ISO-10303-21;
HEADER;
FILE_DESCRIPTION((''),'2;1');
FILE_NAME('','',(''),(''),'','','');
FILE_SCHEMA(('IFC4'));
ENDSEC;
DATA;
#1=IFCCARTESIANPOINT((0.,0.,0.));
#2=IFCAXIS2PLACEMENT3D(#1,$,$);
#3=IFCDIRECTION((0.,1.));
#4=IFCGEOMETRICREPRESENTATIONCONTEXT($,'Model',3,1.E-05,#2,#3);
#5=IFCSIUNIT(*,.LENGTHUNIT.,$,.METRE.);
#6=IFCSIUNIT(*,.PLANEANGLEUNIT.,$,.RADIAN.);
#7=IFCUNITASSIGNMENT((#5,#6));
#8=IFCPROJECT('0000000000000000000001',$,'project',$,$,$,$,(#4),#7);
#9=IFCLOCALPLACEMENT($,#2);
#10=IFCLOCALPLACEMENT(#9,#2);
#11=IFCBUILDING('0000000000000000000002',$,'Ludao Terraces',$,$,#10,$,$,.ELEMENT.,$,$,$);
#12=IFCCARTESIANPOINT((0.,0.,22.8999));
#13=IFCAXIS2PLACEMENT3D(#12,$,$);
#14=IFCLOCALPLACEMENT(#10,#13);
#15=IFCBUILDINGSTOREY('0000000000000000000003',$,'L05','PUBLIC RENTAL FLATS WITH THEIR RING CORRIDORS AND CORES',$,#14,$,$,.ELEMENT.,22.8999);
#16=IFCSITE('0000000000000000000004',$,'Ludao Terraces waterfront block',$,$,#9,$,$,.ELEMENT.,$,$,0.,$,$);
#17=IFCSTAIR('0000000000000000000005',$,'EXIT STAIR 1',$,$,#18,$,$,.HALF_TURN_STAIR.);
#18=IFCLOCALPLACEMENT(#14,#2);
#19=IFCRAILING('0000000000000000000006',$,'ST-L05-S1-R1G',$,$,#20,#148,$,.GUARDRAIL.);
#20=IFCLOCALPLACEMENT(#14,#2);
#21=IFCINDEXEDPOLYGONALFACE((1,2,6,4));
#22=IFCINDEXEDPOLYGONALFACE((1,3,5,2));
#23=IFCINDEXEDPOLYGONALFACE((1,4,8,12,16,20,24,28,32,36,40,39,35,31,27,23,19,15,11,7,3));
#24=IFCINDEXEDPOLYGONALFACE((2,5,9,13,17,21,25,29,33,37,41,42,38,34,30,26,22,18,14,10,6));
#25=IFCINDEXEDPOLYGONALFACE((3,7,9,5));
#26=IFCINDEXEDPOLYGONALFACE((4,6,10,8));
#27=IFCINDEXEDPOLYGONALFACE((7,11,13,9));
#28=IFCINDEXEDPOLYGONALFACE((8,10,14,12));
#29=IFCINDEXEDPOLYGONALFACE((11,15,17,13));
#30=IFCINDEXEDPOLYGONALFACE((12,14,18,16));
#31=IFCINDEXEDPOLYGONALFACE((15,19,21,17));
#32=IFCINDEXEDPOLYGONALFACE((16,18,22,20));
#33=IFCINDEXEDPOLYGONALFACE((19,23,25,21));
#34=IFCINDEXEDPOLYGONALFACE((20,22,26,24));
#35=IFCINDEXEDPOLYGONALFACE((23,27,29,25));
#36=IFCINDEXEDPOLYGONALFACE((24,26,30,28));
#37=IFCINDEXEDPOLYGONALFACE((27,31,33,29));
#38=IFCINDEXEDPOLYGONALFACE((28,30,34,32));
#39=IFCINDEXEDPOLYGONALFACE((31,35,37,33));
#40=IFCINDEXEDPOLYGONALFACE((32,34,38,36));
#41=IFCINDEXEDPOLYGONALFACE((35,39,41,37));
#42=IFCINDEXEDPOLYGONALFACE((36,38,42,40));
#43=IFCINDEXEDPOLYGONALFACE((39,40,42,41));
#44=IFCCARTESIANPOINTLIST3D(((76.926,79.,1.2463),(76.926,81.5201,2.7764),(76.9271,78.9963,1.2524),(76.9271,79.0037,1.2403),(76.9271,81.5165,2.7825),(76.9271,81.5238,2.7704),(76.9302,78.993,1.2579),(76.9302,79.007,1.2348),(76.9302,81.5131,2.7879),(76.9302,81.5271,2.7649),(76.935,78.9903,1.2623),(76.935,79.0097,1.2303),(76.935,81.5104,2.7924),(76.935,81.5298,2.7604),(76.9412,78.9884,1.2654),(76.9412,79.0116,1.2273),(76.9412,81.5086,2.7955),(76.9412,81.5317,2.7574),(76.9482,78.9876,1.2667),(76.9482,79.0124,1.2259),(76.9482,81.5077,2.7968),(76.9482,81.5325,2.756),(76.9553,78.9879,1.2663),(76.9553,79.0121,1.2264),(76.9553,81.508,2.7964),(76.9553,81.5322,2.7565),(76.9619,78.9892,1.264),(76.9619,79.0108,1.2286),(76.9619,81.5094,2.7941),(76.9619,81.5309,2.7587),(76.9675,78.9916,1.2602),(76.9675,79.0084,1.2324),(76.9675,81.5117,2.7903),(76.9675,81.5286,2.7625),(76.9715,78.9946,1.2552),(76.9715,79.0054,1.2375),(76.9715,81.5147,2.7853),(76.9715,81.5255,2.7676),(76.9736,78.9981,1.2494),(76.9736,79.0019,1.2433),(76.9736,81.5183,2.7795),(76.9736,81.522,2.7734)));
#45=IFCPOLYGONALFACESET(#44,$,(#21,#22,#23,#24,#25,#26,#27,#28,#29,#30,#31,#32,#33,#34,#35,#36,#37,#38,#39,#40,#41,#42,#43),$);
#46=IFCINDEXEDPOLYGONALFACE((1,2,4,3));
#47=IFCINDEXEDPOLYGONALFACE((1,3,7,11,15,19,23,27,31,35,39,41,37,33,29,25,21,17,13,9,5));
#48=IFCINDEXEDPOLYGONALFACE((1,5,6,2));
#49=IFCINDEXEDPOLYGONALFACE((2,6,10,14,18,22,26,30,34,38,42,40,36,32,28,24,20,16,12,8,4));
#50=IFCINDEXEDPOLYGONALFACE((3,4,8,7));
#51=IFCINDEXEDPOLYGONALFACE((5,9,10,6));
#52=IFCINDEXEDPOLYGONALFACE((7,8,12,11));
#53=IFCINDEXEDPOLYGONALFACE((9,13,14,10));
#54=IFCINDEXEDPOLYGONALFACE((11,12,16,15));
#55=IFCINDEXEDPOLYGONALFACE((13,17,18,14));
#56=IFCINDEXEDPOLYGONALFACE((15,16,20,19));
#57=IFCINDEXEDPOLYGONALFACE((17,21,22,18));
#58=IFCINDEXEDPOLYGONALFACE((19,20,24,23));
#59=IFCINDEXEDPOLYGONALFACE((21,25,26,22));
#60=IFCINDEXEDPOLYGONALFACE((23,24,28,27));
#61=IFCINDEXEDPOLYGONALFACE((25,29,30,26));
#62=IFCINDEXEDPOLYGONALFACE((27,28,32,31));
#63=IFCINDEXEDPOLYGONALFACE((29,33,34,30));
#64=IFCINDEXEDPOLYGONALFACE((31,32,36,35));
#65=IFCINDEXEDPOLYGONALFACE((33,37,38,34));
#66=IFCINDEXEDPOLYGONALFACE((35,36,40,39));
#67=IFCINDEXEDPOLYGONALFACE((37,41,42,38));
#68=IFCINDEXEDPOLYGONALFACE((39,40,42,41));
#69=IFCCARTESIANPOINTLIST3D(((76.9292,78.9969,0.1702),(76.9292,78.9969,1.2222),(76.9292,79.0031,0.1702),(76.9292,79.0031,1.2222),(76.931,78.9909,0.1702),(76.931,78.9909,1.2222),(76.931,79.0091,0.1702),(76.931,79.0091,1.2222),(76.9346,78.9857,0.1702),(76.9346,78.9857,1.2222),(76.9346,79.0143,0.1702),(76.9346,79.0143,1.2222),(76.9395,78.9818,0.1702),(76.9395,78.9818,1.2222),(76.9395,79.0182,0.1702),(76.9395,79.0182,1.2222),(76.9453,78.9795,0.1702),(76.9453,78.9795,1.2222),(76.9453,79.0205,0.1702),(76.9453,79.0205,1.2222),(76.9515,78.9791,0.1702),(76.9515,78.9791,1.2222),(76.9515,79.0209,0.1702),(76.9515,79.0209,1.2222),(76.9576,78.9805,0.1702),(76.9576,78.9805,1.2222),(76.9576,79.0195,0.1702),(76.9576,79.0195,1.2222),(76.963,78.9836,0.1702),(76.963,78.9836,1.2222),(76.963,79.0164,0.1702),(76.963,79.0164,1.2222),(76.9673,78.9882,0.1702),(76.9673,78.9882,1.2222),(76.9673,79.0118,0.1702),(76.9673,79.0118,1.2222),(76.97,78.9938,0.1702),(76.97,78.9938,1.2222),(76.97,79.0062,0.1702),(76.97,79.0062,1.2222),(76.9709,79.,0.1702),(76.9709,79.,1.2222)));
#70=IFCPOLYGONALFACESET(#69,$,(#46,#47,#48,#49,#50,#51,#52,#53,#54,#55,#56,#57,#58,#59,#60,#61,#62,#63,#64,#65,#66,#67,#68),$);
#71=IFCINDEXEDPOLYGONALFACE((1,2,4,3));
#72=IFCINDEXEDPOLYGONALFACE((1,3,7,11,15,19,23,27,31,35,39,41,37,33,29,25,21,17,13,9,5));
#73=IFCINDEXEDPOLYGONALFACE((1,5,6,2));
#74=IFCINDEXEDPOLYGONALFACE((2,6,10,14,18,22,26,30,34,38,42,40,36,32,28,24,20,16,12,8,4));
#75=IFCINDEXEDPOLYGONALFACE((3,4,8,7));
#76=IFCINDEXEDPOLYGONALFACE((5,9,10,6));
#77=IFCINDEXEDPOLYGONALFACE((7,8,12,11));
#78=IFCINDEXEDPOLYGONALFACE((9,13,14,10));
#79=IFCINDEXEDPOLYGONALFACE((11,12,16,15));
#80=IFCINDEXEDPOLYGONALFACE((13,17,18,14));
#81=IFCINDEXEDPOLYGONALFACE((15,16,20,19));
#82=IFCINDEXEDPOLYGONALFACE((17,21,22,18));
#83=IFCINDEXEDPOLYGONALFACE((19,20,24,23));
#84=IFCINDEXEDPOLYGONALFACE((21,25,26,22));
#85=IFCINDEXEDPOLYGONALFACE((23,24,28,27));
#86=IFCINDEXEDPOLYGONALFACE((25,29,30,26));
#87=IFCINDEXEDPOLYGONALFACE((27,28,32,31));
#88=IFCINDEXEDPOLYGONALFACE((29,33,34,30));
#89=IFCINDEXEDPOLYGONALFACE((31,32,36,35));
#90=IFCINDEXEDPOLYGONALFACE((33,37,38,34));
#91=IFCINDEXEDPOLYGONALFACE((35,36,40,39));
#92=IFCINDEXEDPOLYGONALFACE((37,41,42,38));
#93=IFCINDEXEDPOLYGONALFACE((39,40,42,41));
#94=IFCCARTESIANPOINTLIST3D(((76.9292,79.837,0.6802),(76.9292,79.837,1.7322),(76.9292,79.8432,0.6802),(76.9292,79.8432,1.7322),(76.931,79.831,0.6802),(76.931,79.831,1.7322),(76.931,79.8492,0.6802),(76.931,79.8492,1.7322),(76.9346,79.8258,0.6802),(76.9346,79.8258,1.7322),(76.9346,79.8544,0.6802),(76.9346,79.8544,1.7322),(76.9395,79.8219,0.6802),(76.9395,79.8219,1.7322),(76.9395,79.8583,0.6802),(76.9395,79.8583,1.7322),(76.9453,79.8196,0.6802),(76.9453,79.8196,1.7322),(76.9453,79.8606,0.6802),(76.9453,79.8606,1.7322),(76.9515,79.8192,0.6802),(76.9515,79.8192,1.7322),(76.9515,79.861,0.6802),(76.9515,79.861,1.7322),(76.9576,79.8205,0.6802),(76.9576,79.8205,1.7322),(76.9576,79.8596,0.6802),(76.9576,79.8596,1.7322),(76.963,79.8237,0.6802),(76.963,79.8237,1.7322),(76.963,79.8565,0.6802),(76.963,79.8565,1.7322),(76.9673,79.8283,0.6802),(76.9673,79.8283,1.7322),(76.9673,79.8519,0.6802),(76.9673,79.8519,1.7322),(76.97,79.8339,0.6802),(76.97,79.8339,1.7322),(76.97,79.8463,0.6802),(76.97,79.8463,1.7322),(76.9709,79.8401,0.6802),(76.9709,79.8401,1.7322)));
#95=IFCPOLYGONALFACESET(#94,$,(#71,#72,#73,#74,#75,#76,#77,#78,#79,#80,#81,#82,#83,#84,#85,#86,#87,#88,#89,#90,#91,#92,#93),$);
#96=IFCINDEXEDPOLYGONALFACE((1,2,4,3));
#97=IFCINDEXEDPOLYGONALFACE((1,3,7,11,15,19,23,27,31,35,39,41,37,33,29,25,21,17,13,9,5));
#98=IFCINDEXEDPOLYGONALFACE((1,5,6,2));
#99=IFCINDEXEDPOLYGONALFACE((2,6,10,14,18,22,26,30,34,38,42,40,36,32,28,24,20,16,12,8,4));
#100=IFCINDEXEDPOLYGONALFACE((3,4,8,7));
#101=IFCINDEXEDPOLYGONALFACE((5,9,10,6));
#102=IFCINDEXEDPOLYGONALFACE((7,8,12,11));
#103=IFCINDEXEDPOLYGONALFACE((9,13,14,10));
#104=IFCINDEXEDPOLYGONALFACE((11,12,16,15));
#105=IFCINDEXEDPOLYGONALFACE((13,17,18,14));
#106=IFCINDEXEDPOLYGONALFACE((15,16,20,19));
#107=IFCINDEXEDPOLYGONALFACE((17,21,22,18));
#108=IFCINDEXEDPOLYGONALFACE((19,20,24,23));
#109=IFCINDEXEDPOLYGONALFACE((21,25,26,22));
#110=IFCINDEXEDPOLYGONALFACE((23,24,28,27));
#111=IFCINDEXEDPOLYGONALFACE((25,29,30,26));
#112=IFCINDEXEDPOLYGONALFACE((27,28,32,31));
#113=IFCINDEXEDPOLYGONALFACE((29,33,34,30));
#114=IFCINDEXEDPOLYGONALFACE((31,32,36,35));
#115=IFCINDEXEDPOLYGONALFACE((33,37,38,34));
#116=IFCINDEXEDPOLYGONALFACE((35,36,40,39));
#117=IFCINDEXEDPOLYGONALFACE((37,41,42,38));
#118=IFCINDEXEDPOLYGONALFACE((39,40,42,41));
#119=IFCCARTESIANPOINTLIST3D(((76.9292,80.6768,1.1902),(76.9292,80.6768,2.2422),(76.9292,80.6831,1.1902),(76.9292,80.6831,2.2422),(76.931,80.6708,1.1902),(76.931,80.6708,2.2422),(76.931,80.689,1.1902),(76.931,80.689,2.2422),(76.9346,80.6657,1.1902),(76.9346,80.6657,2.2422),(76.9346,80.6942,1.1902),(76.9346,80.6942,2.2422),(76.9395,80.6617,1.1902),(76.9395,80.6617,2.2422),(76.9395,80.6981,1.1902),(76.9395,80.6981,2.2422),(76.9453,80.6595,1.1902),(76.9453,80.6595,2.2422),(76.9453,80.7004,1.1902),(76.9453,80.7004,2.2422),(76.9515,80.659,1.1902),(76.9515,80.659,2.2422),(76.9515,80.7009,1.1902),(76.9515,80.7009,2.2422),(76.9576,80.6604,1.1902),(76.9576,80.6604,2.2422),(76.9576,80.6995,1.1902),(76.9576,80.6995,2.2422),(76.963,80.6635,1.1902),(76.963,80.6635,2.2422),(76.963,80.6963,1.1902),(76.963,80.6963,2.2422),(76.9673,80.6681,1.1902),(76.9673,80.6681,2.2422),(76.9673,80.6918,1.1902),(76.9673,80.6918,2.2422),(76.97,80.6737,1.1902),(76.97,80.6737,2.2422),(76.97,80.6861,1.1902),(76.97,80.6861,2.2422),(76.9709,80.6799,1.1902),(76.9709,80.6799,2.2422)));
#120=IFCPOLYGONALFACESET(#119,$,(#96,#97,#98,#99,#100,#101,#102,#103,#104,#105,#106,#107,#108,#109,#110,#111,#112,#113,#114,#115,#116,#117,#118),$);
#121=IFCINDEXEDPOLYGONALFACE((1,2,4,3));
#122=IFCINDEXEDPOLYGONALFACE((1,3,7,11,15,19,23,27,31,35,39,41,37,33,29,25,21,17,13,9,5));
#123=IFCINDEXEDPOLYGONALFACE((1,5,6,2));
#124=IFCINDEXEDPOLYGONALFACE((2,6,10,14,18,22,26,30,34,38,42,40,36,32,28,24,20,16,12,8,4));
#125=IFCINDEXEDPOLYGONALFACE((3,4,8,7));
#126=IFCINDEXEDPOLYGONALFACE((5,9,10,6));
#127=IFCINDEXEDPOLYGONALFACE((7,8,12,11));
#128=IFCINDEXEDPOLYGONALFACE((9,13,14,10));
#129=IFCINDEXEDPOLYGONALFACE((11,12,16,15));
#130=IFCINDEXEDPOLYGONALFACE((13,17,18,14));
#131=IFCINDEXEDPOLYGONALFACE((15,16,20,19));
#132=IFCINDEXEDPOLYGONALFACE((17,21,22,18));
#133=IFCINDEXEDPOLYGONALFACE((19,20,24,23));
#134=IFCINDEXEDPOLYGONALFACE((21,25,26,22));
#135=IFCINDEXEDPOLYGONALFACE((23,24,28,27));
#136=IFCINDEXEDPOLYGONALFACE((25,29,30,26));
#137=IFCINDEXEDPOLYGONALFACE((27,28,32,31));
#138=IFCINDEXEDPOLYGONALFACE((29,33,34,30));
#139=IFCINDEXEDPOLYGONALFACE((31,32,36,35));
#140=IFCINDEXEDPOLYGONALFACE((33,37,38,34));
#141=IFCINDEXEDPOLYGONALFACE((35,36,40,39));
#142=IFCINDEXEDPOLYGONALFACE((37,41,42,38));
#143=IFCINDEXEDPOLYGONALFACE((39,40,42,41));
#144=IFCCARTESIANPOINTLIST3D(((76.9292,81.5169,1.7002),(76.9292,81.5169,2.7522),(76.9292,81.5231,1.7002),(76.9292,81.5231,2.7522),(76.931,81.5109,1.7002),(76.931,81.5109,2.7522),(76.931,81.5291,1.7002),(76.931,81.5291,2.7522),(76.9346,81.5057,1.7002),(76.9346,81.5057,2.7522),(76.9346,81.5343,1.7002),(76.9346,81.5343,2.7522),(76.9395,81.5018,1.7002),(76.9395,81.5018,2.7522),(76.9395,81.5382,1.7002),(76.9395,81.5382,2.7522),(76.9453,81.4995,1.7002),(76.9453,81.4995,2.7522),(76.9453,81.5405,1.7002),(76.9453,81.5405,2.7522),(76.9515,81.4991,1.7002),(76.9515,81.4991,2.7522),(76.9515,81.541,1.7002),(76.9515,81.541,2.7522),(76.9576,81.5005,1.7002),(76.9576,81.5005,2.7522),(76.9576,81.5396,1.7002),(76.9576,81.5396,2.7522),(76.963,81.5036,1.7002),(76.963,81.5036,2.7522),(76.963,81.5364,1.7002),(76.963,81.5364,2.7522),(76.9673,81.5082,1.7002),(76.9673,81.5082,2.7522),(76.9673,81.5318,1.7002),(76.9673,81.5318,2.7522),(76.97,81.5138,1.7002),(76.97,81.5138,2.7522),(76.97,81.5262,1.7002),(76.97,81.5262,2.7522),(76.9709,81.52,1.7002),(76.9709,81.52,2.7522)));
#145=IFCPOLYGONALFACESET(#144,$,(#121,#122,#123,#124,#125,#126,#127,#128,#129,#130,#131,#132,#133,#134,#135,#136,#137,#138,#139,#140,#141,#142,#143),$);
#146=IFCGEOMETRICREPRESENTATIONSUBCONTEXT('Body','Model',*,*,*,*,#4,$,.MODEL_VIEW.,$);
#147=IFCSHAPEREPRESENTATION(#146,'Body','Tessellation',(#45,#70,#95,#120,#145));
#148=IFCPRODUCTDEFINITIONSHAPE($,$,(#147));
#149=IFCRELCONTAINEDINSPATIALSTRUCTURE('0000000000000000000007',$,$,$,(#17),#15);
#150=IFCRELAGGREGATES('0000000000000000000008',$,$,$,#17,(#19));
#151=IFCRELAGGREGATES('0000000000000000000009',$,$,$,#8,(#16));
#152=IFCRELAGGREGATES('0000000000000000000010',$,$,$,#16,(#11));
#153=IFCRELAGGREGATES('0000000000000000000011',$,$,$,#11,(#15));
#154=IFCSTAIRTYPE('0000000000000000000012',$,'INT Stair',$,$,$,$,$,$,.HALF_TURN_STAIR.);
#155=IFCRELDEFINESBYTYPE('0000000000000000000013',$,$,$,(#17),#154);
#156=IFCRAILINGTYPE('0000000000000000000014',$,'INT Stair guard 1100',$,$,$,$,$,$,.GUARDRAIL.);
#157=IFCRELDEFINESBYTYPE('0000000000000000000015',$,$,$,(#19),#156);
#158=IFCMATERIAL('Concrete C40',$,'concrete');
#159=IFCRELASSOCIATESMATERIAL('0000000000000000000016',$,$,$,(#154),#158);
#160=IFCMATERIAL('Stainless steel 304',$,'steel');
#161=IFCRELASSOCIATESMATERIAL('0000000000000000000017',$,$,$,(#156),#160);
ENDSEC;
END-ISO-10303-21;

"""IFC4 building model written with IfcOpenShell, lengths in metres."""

from ifc_helpers import new_model, si_unit, direction, frame, origin, origin_2d, place, context, subcontext, project, spatial, circle, extrude, material, type_object, element, aggregate, save


model = new_model("IFC4")

# Units and contexts
model_context = context("Model", 3, precision=1e-05, world=origin(), true_north=direction((0.0, 1.0)))
body_context = subcontext(model_context, "Body", "Model", "MODEL_VIEW")
ifc_project = project(units=[si_unit("LENGTHUNIT", "METRE"), si_unit("PLANEANGLEUNIT", "RADIAN")], contexts=[model_context])

# Site, building, storey
site_placement = place(None, origin())
site = spatial("IfcSite", under=ifc_project, at=site_placement, Name="Ludao Terraces waterfront block", CompositionType="ELEMENT", RefElevation=0.0)
building_placement = place(site_placement, origin())
building = spatial("IfcBuilding", under=site, at=building_placement, Name="Ludao Terraces", CompositionType="ELEMENT")
storey_placement = place(building_placement, frame((0.0, 0.0, 22.8999)))
storey = spatial("IfcBuildingStorey", under=building, at=storey_placement, Name="L05", Description="PUBLIC RENTAL FLATS WITH THEIR RING CORRIDORS AND CORES", CompositionType="ELEMENT", Elevation=22.8999)

# Stair, railing
ifc_material_1 = material(Name="Concrete C40", Category="concrete")
stair_type = type_object("IfcStairType", Name="INT Stair", PredefinedType="HALF_TURN_STAIR", material=ifc_material_1)
stair_placement = place(storey_placement, origin())
stair = element("IfcStair", 1, at=stair_placement, inside=storey, type_object=stair_type, Name="EXIT STAIR 1", PredefinedType="HALF_TURN_STAIR")
ifc_material_2 = material(Name="Stainless steel 304", Category="steel")
railing_type_1 = type_object("IfcRailingType", Name="INT Stair guard 1100", PredefinedType="GUARDRAIL", material=ifc_material_2)
railing_1_placement = place(storey_placement, frame((76.95, 79.0, 0.1702)))
railing_1 = element("IfcRailing", 2, at=railing_1_placement, type_object=railing_type_1, Name="ST-L05-S1-R1G", PredefinedType="GUARDRAIL", context=body_context, shape_type="SweptSolid", body=[
    extrude(circle(Radius=0.0239, at=origin_2d()), frame((0.0, 0.0, 1.0762), z_axis=(0.0, 0.854785, 0.518982), x_axis=(-1.0, 0.0, 0.0)), (0.0, 0.0, 1.0), 2.9482),
    extrude(circle(Radius=0.021, at=origin_2d()), origin(), (0.0, 0.0, 1.0), 1.052),
    extrude(circle(Radius=0.021, at=origin_2d()), frame((0.0, 0.8401, 0.51)), (0.0, 0.0, 1.0), 1.052),
    extrude(circle(Radius=0.021, at=origin_2d()), frame((0.0, 1.6799, 1.02)), (0.0, 0.0, 1.0), 1.052),
    extrude(circle(Radius=0.021, at=origin_2d()), frame((0.0, 2.52, 1.53)), (0.0, 0.0, 1.0), 1.052),
])
aggregate(stair, [railing_1])

save(model, "model.ifc")
